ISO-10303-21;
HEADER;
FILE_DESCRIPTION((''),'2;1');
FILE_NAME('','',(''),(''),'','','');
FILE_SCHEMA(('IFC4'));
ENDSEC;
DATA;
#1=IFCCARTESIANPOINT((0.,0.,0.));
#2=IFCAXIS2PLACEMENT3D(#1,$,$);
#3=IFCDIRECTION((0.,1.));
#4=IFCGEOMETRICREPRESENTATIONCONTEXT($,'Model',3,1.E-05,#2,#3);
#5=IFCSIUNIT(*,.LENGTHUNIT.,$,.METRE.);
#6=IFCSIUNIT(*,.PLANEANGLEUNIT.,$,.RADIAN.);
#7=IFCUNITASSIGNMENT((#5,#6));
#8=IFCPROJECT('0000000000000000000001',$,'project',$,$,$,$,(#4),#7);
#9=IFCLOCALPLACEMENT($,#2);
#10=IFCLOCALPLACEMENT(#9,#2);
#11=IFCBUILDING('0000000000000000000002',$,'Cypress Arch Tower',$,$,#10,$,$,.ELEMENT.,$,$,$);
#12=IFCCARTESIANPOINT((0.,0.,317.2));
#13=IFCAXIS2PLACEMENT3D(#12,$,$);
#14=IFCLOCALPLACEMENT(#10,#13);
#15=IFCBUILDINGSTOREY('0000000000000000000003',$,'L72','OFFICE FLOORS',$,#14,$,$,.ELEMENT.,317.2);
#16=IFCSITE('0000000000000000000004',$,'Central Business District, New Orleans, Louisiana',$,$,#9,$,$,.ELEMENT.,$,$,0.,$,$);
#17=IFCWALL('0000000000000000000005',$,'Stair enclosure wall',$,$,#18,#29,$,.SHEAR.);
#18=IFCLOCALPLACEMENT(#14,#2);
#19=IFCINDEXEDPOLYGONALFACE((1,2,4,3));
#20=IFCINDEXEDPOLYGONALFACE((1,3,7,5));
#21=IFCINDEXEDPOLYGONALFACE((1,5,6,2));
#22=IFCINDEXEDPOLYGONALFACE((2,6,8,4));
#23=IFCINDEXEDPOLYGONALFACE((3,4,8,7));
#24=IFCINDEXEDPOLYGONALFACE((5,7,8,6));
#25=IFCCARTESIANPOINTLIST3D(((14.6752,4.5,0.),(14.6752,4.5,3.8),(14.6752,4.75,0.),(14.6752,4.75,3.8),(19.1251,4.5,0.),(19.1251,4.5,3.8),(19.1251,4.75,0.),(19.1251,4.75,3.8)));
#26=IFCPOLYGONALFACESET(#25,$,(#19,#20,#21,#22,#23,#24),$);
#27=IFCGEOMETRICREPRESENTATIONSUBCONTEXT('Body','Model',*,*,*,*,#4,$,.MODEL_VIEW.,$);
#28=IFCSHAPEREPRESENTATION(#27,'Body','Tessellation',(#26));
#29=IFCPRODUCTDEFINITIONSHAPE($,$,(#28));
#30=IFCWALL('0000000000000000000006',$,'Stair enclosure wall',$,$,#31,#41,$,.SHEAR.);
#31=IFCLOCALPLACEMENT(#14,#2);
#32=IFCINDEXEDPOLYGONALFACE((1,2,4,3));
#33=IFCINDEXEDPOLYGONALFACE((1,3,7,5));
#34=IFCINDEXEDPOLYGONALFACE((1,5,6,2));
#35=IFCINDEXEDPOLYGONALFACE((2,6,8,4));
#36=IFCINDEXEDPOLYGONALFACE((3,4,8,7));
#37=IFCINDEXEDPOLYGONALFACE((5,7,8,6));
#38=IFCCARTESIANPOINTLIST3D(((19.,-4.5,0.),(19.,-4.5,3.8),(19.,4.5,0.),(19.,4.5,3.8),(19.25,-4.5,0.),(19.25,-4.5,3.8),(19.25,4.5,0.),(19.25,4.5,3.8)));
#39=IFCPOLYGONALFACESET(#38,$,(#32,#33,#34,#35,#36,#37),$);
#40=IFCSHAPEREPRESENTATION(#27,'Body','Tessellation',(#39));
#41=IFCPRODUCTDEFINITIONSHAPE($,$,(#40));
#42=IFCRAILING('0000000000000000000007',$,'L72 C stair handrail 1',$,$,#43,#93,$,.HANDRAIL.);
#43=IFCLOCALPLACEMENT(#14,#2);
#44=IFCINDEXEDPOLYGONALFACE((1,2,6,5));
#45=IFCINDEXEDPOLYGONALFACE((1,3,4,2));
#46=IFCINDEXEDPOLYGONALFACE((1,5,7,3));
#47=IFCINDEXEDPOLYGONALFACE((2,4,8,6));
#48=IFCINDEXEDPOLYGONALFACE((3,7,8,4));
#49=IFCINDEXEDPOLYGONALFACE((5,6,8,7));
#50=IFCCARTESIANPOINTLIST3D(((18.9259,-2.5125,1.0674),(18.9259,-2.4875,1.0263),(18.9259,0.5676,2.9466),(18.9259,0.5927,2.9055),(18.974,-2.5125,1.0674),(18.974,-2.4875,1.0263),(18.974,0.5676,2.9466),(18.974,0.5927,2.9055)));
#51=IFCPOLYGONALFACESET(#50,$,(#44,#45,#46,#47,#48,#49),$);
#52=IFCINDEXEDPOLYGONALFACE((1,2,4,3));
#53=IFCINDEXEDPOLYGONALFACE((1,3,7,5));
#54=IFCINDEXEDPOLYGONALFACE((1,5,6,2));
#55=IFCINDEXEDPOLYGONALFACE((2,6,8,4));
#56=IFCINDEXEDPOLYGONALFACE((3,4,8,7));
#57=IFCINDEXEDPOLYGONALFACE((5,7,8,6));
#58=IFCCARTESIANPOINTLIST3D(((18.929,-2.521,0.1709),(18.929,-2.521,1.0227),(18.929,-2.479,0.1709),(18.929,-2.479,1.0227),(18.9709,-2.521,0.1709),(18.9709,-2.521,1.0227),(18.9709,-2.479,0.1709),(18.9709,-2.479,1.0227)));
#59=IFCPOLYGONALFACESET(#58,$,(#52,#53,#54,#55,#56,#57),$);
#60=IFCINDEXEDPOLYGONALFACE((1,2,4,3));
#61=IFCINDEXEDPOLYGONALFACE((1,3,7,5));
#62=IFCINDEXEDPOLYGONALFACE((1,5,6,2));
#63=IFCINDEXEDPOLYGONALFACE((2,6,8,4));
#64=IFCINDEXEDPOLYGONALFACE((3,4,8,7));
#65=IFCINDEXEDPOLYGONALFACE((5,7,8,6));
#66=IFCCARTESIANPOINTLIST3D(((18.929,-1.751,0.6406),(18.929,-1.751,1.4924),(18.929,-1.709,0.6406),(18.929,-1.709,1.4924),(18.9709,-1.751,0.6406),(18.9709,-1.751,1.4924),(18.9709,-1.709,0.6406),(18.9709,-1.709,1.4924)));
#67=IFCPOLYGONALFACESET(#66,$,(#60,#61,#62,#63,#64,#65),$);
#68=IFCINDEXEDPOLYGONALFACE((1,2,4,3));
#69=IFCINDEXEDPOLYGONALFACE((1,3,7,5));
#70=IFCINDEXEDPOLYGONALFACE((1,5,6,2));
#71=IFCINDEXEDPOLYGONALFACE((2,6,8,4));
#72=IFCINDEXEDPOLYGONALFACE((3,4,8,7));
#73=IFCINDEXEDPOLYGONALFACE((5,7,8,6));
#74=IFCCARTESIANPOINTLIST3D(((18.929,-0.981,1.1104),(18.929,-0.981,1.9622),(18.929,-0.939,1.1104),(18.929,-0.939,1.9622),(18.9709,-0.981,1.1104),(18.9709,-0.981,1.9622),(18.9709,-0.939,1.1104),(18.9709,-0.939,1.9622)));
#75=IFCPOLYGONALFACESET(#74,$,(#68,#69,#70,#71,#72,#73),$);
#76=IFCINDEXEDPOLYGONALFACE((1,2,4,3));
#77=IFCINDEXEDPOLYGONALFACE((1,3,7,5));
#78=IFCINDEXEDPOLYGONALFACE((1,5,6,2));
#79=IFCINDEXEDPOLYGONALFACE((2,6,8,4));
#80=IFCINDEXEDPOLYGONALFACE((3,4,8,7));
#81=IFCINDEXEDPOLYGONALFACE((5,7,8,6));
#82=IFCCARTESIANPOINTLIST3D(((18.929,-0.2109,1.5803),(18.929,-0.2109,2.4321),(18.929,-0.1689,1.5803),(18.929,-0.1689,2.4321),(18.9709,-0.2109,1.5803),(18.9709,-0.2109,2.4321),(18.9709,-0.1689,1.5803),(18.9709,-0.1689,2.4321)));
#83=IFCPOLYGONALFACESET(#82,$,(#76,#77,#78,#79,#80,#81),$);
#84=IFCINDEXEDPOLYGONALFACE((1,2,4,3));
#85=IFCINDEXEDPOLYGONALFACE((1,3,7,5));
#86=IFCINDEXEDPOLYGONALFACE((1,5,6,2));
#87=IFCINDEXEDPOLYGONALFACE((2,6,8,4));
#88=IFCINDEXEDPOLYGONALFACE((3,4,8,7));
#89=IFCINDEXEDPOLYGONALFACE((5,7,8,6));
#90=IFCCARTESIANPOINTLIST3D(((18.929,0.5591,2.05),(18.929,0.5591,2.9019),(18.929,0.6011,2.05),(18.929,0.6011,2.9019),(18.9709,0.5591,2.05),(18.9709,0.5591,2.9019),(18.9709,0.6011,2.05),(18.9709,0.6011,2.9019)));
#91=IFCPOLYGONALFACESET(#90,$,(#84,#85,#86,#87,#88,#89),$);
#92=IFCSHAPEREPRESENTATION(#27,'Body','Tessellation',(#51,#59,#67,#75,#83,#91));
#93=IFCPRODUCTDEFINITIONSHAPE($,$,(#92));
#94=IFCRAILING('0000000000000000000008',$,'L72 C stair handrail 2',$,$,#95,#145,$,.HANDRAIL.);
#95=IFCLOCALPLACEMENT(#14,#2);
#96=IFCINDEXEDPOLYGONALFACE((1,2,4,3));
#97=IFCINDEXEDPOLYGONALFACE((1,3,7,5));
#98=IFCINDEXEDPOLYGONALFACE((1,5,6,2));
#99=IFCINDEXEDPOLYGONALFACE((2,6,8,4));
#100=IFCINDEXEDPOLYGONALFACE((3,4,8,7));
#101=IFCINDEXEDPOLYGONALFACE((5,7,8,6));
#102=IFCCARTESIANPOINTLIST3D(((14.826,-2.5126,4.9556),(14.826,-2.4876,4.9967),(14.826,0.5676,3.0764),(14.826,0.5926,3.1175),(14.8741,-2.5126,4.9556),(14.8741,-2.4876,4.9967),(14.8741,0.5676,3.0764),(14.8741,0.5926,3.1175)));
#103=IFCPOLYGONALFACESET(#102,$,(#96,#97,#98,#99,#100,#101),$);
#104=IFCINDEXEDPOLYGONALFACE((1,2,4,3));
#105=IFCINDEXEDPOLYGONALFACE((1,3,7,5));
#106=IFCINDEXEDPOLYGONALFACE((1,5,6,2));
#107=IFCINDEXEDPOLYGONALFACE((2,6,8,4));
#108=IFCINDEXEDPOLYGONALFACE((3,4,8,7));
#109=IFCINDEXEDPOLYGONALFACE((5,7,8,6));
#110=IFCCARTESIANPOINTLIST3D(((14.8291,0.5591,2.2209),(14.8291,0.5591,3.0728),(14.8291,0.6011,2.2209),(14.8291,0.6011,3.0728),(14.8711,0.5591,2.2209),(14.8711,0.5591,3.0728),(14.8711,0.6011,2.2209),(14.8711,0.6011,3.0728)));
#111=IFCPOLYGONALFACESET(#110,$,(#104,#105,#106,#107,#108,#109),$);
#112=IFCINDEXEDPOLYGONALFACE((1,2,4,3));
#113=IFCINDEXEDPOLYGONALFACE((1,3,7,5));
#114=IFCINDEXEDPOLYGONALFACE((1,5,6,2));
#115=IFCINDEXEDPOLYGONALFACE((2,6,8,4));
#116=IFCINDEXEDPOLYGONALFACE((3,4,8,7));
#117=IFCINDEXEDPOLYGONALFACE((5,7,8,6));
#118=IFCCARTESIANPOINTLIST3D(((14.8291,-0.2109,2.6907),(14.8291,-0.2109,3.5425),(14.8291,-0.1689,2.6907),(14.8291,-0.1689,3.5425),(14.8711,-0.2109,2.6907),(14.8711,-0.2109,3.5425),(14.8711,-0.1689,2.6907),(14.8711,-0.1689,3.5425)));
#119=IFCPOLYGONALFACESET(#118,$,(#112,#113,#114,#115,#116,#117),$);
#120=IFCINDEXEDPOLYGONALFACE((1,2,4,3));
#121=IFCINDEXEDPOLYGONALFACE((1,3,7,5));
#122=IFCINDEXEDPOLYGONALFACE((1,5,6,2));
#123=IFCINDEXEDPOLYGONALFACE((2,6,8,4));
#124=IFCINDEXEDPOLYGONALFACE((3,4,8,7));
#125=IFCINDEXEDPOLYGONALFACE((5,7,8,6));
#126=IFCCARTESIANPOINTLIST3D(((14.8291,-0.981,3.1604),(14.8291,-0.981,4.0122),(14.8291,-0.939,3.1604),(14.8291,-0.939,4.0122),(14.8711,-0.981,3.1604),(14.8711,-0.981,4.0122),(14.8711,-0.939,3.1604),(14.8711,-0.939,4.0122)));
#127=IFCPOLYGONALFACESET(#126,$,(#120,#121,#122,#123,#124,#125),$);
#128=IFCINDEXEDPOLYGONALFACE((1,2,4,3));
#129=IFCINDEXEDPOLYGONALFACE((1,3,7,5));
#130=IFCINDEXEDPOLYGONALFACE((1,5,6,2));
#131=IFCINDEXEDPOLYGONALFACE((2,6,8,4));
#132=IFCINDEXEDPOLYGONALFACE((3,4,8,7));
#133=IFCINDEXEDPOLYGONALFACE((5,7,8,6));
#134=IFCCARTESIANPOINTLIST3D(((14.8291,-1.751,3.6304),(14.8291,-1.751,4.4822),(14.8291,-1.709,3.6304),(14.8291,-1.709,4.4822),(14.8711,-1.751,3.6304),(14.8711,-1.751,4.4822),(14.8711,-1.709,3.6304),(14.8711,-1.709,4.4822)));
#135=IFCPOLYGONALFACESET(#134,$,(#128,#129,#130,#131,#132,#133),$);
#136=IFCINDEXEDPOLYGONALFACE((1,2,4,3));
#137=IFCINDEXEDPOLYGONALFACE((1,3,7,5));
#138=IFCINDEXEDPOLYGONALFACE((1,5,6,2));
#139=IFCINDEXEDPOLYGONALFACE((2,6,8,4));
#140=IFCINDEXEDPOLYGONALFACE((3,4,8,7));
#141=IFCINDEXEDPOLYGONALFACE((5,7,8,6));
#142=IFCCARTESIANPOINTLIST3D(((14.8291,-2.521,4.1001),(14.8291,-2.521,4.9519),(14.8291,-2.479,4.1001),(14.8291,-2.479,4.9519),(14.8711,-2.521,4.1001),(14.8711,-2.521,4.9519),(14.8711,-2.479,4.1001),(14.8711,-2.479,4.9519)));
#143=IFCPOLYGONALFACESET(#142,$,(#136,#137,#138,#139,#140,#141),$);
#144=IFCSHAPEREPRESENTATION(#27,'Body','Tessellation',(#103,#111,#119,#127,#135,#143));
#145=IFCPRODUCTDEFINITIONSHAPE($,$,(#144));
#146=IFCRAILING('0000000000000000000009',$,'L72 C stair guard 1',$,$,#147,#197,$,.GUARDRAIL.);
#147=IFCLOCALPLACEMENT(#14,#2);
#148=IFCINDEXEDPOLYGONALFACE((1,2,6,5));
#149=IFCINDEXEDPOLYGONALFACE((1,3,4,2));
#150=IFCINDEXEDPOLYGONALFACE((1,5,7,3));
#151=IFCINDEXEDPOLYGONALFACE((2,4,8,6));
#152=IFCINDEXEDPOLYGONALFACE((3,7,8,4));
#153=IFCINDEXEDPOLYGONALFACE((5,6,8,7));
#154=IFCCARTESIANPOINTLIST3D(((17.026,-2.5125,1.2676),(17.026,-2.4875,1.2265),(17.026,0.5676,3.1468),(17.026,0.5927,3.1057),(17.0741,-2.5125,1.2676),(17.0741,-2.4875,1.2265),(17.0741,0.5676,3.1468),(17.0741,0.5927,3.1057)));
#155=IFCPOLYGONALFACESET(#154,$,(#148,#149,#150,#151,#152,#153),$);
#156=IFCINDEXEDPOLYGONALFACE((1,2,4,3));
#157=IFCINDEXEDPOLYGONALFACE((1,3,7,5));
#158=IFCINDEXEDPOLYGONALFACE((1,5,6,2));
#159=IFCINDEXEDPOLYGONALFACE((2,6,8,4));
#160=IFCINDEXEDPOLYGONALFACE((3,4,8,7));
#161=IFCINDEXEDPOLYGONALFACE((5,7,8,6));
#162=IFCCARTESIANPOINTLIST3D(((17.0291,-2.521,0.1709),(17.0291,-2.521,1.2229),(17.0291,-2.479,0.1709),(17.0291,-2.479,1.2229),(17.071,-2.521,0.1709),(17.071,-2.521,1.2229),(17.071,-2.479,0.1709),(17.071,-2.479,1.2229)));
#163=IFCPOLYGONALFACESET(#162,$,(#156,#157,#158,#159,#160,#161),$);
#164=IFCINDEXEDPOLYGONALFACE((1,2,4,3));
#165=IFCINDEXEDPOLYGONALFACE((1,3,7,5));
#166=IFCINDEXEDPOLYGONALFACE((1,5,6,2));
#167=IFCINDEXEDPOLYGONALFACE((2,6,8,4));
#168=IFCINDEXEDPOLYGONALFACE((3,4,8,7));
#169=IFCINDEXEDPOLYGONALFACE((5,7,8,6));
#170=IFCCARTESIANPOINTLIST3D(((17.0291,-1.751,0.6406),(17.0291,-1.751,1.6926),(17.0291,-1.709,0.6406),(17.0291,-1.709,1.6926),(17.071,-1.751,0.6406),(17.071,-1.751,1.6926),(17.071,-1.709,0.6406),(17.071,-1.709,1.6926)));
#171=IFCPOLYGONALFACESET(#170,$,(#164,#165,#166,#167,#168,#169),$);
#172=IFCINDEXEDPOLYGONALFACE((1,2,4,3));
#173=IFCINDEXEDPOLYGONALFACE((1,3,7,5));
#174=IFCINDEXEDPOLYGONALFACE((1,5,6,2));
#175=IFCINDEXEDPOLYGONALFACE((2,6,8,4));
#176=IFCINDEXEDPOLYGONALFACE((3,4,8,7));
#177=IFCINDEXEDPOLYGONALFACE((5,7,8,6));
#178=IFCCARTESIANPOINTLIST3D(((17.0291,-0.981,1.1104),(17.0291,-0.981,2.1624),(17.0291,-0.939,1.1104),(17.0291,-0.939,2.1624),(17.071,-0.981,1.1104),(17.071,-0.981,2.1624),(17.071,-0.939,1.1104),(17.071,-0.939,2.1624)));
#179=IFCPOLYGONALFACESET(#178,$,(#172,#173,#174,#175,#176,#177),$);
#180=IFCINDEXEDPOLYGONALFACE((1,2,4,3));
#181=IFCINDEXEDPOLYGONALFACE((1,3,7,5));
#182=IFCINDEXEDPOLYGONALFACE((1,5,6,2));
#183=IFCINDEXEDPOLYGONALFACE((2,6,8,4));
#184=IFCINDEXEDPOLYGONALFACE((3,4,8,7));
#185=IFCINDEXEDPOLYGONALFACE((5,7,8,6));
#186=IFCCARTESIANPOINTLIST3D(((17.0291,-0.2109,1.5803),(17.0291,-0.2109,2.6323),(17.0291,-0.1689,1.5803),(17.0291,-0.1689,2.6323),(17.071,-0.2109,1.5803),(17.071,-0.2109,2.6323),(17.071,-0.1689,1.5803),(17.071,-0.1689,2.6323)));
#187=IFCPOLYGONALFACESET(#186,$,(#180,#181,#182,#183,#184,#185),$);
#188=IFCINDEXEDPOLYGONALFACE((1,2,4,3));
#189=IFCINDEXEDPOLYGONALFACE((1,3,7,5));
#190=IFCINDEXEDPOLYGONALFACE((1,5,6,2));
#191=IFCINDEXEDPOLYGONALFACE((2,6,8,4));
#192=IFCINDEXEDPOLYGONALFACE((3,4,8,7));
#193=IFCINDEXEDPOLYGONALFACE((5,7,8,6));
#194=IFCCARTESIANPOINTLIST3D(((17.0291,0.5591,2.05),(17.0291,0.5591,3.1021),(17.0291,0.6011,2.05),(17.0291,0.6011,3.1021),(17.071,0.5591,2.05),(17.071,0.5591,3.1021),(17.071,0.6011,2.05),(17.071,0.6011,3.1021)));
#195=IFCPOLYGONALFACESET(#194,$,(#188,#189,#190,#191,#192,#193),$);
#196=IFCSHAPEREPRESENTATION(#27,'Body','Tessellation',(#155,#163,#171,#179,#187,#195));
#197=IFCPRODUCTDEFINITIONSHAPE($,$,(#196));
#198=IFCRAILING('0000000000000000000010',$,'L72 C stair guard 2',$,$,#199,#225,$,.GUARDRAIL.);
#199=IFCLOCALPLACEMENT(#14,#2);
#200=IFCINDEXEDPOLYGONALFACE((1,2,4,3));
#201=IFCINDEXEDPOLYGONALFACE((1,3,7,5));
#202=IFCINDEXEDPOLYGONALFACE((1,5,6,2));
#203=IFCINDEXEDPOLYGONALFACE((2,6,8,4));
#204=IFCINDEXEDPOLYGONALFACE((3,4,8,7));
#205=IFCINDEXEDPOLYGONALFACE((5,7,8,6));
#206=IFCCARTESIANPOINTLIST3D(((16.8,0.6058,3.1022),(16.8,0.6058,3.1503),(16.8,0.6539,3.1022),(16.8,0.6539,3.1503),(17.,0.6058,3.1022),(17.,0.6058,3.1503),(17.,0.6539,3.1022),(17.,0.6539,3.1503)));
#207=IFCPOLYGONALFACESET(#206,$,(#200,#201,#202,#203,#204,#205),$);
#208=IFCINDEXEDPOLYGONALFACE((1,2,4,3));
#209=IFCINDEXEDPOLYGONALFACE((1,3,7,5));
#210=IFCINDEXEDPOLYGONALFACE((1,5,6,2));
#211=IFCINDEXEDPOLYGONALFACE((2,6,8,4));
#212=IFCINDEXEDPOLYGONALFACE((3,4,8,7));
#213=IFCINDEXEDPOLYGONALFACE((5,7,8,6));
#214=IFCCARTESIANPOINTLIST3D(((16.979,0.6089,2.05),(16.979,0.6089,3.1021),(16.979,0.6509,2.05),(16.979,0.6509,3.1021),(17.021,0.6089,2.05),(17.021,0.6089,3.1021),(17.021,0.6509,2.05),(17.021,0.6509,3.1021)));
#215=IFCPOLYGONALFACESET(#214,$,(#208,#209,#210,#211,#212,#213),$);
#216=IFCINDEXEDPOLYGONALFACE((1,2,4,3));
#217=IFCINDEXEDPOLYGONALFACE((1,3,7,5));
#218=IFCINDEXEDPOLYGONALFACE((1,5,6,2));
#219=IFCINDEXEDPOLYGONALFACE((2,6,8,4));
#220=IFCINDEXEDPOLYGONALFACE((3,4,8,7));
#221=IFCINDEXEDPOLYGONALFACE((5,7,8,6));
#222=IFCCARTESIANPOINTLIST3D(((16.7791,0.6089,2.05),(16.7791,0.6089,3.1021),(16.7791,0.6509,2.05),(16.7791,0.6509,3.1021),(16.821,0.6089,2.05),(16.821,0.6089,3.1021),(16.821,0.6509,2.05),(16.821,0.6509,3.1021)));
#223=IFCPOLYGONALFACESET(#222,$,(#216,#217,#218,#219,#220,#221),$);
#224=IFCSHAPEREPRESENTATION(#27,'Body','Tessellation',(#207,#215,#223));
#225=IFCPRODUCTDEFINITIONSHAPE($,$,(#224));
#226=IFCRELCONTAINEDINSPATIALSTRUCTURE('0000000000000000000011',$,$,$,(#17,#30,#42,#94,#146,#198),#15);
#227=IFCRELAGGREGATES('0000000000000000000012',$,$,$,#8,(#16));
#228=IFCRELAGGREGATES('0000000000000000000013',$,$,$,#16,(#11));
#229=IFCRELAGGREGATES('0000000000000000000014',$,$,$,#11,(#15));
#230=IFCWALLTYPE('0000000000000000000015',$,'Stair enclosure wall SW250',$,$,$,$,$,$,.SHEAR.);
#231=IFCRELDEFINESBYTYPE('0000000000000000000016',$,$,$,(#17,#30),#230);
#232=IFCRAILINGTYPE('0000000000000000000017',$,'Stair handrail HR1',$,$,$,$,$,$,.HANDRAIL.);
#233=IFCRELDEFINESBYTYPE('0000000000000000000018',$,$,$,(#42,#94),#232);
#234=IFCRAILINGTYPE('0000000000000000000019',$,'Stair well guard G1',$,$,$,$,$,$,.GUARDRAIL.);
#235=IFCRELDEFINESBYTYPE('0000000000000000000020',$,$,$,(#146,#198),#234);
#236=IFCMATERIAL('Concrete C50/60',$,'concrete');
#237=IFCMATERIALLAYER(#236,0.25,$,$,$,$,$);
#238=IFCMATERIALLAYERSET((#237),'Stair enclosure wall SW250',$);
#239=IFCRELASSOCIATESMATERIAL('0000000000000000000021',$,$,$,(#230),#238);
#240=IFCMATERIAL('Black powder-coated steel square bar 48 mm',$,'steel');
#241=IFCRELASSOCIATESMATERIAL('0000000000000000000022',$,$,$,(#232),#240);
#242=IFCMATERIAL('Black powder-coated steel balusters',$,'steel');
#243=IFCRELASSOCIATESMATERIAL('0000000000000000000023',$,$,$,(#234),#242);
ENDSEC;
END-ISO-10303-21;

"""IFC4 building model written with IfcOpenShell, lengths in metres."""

from ifc_helpers import new_model, si_unit, direction, frame, frame_2d, origin, origin_2d, place, context, subcontext, project, spatial, rectangle, extrude, material, layer, layer_set, type_object, element, save


model = new_model("IFC4")

# Units and contexts
model_context = context("Model", 3, precision=1e-05, world=origin(), true_north=direction((0.0, 1.0)))
body_context = subcontext(model_context, "Body", "Model", "MODEL_VIEW")
ifc_project = project(units=[si_unit("LENGTHUNIT", "METRE"), si_unit("PLANEANGLEUNIT", "RADIAN")], contexts=[model_context])

# Site, building, storey
site_placement = place(None, origin())
site = spatial("IfcSite", under=ifc_project, at=site_placement, Name="Central Business District, New Orleans, Louisiana", CompositionType="ELEMENT", RefElevation=0.0)
building_placement = place(site_placement, origin())
building = spatial("IfcBuilding", under=site, at=building_placement, Name="Cypress Arch Tower", CompositionType="ELEMENT")
storey_placement = place(building_placement, frame((0.0, 0.0, 317.2)))
storey = spatial("IfcBuildingStorey", under=building, at=storey_placement, Name="L72", Description="OFFICE FLOORS", CompositionType="ELEMENT", Elevation=317.2)

# Shared definitions
ifc_material_1 = material(Name="Concrete C50/60", Category="concrete")
ifc_layer_1 = layer(ifc_material_1, 0.25)
ifc_layer_set_1 = layer_set([ifc_layer_1], Name="Stair enclosure wall SW250")
wall_type_1 = type_object("IfcWallType", Name="Stair enclosure wall SW250", PredefinedType="SHEAR", material=ifc_layer_set_1)

# Walls
wall_1_placement = place(storey_placement, frame((14.675, 4.625, 0.0), z_axis=(0.0, 0.0, 1.0), x_axis=(1.0, 0.0, 0.0)))
element("IfcWall", 1, at=wall_1_placement, inside=storey, type_object=wall_type_1, Name="Stair enclosure wall", PredefinedType="SHEAR", context=body_context, shape_type="SweptSolid", body=[
    extrude(rectangle(XDim=4.45, YDim=0.25, at=frame_2d((2.2251, 0.0))), origin(), (0.0, 0.0, 1.0), 3.8),
])
wall_2_placement = place(storey_placement, frame((19.125, -4.5, 0.0), z_axis=(0.0, 0.0, 1.0), x_axis=(0.0, 1.0, 0.0)))
element("IfcWall", 2, at=wall_2_placement, inside=storey, type_object=wall_type_1, Name="Stair enclosure wall", PredefinedType="SHEAR", context=body_context, shape_type="SweptSolid", body=[
    extrude(rectangle(XDim=9.0, YDim=0.25, at=frame_2d((4.5, 0.0))), origin(), (0.0, 0.0, 1.0), 3.8),
])

# Railings
ifc_material_2 = material(Name="Black powder-coated steel square bar 48 mm", Category="steel")
railing_type_1 = type_object("IfcRailingType", Name="Stair handrail HR1", PredefinedType="HANDRAIL", material=ifc_material_2)
railing_1_placement = place(storey_placement, frame((18.95, -2.5, 0.1709)))
element("IfcRailing", 3, at=railing_1_placement, inside=storey, type_object=railing_type_1, Name="L72 C stair handrail 1", PredefinedType="HANDRAIL", context=body_context, shape_type="SweptSolid", body=[
    extrude(rectangle(XDim=0.0481, YDim=0.0481, at=origin_2d()), frame((0.0, 0.0, 0.876), z_axis=(0.0, 0.853666, 0.52082), x_axis=(-1.0, 0.0, 0.0)), (0.0, 0.0, 1.0), 3.6082),
    extrude(rectangle(XDim=0.042, YDim=0.042, at=origin_2d()), origin(), (0.0, 0.0, 1.0), 0.8518),
    extrude(rectangle(XDim=0.042, YDim=0.042, at=origin_2d()), frame((0.0, 0.77, 0.4697)), (0.0, 0.0, 1.0), 0.8518),
    extrude(rectangle(XDim=0.042, YDim=0.042, at=origin_2d()), frame((0.0, 1.54, 0.9395)), (0.0, 0.0, 1.0), 0.8518),
    extrude(rectangle(XDim=0.042, YDim=0.042, at=origin_2d()), frame((0.0, 2.3101, 1.4094)), (0.0, 0.0, 1.0), 0.8518),
    extrude(rectangle(XDim=0.042, YDim=0.042, at=origin_2d()), frame((0.0, 3.0801, 1.8792)), (0.0, 0.0, 1.0), 0.8518),
])
railing_2_placement = place(storey_placement, frame((14.8501, 0.5801, 2.2209)))
element("IfcRailing", 4, at=railing_2_placement, inside=storey, type_object=railing_type_1, Name="L72 C stair handrail 2", PredefinedType="HANDRAIL", context=body_context, shape_type="SweptSolid", body=[
    extrude(rectangle(XDim=0.0481, YDim=0.0481, at=origin_2d()), frame((0.0, 0.0, 0.876), z_axis=(0.0, -0.853666, 0.52082), x_axis=(1.0, 0.0, 0.0)), (0.0, 0.0, 1.0), 3.6082),
    extrude(rectangle(XDim=0.042, YDim=0.042, at=origin_2d()), origin(), (0.0, 0.0, 1.0), 0.8518),
    extrude(rectangle(XDim=0.042, YDim=0.042, at=origin_2d()), frame((0.0, -0.77, 0.4697)), (0.0, 0.0, 1.0), 0.8518),
    extrude(rectangle(XDim=0.042, YDim=0.042, at=origin_2d()), frame((0.0, -1.54, 0.9395)), (0.0, 0.0, 1.0), 0.8518),
    extrude(rectangle(XDim=0.042, YDim=0.042, at=origin_2d()), frame((0.0, -2.3101, 1.4094)), (0.0, 0.0, 1.0), 0.8518),
    extrude(rectangle(XDim=0.042, YDim=0.042, at=origin_2d()), frame((0.0, -3.0801, 1.8792)), (0.0, 0.0, 1.0), 0.8518),
])
ifc_material_3 = material(Name="Black powder-coated steel balusters", Category="steel")
railing_type_2 = type_object("IfcRailingType", Name="Stair well guard G1", PredefinedType="GUARDRAIL", material=ifc_material_3)
railing_3_placement = place(storey_placement, frame((17.05, -2.5, 0.1709)))
element("IfcRailing", 5, at=railing_3_placement, inside=storey, type_object=railing_type_2, Name="L72 C stair guard 1", PredefinedType="GUARDRAIL", context=body_context, shape_type="SweptSolid", body=[
    extrude(rectangle(XDim=0.0481, YDim=0.0481, at=origin_2d()), frame((0.0, 0.0, 1.0762), z_axis=(0.0, 0.853666, 0.52082), x_axis=(-1.0, 0.0, 0.0)), (0.0, 0.0, 1.0), 3.6082),
    extrude(rectangle(XDim=0.042, YDim=0.042, at=origin_2d()), origin(), (0.0, 0.0, 1.0), 1.052),
    extrude(rectangle(XDim=0.042, YDim=0.042, at=origin_2d()), frame((0.0, 0.77, 0.4697)), (0.0, 0.0, 1.0), 1.052),
    extrude(rectangle(XDim=0.042, YDim=0.042, at=origin_2d()), frame((0.0, 1.54, 0.9395)), (0.0, 0.0, 1.0), 1.052),
    extrude(rectangle(XDim=0.042, YDim=0.042, at=origin_2d()), frame((0.0, 2.3101, 1.4094)), (0.0, 0.0, 1.0), 1.052),
    extrude(rectangle(XDim=0.042, YDim=0.042, at=origin_2d()), frame((0.0, 3.0801, 1.8792)), (0.0, 0.0, 1.0), 1.052),
])
railing_4_placement = place(storey_placement, frame((17.0, 0.6299, 2.05)))
element("IfcRailing", 6, at=railing_4_placement, inside=storey, type_object=railing_type_2, Name="L72 C stair guard 2", PredefinedType="GUARDRAIL", context=body_context, shape_type="SweptSolid", body=[
    extrude(rectangle(XDim=0.0481, YDim=0.0481, at=origin_2d()), frame((0.0, 0.0, 1.0762), z_axis=(-1.0, 0.0, 0.0), x_axis=(0.0, -1.0, 0.0)), (0.0, 0.0, 1.0), 0.2),
    extrude(rectangle(XDim=0.042, YDim=0.042, at=origin_2d()), origin(), (0.0, 0.0, 1.0), 1.052),
    extrude(rectangle(XDim=0.042, YDim=0.042, at=origin_2d()), frame((-0.2, 0.0, 0.0)), (0.0, 0.0, 1.0), 1.052),
])

save(model, "model.ifc")
